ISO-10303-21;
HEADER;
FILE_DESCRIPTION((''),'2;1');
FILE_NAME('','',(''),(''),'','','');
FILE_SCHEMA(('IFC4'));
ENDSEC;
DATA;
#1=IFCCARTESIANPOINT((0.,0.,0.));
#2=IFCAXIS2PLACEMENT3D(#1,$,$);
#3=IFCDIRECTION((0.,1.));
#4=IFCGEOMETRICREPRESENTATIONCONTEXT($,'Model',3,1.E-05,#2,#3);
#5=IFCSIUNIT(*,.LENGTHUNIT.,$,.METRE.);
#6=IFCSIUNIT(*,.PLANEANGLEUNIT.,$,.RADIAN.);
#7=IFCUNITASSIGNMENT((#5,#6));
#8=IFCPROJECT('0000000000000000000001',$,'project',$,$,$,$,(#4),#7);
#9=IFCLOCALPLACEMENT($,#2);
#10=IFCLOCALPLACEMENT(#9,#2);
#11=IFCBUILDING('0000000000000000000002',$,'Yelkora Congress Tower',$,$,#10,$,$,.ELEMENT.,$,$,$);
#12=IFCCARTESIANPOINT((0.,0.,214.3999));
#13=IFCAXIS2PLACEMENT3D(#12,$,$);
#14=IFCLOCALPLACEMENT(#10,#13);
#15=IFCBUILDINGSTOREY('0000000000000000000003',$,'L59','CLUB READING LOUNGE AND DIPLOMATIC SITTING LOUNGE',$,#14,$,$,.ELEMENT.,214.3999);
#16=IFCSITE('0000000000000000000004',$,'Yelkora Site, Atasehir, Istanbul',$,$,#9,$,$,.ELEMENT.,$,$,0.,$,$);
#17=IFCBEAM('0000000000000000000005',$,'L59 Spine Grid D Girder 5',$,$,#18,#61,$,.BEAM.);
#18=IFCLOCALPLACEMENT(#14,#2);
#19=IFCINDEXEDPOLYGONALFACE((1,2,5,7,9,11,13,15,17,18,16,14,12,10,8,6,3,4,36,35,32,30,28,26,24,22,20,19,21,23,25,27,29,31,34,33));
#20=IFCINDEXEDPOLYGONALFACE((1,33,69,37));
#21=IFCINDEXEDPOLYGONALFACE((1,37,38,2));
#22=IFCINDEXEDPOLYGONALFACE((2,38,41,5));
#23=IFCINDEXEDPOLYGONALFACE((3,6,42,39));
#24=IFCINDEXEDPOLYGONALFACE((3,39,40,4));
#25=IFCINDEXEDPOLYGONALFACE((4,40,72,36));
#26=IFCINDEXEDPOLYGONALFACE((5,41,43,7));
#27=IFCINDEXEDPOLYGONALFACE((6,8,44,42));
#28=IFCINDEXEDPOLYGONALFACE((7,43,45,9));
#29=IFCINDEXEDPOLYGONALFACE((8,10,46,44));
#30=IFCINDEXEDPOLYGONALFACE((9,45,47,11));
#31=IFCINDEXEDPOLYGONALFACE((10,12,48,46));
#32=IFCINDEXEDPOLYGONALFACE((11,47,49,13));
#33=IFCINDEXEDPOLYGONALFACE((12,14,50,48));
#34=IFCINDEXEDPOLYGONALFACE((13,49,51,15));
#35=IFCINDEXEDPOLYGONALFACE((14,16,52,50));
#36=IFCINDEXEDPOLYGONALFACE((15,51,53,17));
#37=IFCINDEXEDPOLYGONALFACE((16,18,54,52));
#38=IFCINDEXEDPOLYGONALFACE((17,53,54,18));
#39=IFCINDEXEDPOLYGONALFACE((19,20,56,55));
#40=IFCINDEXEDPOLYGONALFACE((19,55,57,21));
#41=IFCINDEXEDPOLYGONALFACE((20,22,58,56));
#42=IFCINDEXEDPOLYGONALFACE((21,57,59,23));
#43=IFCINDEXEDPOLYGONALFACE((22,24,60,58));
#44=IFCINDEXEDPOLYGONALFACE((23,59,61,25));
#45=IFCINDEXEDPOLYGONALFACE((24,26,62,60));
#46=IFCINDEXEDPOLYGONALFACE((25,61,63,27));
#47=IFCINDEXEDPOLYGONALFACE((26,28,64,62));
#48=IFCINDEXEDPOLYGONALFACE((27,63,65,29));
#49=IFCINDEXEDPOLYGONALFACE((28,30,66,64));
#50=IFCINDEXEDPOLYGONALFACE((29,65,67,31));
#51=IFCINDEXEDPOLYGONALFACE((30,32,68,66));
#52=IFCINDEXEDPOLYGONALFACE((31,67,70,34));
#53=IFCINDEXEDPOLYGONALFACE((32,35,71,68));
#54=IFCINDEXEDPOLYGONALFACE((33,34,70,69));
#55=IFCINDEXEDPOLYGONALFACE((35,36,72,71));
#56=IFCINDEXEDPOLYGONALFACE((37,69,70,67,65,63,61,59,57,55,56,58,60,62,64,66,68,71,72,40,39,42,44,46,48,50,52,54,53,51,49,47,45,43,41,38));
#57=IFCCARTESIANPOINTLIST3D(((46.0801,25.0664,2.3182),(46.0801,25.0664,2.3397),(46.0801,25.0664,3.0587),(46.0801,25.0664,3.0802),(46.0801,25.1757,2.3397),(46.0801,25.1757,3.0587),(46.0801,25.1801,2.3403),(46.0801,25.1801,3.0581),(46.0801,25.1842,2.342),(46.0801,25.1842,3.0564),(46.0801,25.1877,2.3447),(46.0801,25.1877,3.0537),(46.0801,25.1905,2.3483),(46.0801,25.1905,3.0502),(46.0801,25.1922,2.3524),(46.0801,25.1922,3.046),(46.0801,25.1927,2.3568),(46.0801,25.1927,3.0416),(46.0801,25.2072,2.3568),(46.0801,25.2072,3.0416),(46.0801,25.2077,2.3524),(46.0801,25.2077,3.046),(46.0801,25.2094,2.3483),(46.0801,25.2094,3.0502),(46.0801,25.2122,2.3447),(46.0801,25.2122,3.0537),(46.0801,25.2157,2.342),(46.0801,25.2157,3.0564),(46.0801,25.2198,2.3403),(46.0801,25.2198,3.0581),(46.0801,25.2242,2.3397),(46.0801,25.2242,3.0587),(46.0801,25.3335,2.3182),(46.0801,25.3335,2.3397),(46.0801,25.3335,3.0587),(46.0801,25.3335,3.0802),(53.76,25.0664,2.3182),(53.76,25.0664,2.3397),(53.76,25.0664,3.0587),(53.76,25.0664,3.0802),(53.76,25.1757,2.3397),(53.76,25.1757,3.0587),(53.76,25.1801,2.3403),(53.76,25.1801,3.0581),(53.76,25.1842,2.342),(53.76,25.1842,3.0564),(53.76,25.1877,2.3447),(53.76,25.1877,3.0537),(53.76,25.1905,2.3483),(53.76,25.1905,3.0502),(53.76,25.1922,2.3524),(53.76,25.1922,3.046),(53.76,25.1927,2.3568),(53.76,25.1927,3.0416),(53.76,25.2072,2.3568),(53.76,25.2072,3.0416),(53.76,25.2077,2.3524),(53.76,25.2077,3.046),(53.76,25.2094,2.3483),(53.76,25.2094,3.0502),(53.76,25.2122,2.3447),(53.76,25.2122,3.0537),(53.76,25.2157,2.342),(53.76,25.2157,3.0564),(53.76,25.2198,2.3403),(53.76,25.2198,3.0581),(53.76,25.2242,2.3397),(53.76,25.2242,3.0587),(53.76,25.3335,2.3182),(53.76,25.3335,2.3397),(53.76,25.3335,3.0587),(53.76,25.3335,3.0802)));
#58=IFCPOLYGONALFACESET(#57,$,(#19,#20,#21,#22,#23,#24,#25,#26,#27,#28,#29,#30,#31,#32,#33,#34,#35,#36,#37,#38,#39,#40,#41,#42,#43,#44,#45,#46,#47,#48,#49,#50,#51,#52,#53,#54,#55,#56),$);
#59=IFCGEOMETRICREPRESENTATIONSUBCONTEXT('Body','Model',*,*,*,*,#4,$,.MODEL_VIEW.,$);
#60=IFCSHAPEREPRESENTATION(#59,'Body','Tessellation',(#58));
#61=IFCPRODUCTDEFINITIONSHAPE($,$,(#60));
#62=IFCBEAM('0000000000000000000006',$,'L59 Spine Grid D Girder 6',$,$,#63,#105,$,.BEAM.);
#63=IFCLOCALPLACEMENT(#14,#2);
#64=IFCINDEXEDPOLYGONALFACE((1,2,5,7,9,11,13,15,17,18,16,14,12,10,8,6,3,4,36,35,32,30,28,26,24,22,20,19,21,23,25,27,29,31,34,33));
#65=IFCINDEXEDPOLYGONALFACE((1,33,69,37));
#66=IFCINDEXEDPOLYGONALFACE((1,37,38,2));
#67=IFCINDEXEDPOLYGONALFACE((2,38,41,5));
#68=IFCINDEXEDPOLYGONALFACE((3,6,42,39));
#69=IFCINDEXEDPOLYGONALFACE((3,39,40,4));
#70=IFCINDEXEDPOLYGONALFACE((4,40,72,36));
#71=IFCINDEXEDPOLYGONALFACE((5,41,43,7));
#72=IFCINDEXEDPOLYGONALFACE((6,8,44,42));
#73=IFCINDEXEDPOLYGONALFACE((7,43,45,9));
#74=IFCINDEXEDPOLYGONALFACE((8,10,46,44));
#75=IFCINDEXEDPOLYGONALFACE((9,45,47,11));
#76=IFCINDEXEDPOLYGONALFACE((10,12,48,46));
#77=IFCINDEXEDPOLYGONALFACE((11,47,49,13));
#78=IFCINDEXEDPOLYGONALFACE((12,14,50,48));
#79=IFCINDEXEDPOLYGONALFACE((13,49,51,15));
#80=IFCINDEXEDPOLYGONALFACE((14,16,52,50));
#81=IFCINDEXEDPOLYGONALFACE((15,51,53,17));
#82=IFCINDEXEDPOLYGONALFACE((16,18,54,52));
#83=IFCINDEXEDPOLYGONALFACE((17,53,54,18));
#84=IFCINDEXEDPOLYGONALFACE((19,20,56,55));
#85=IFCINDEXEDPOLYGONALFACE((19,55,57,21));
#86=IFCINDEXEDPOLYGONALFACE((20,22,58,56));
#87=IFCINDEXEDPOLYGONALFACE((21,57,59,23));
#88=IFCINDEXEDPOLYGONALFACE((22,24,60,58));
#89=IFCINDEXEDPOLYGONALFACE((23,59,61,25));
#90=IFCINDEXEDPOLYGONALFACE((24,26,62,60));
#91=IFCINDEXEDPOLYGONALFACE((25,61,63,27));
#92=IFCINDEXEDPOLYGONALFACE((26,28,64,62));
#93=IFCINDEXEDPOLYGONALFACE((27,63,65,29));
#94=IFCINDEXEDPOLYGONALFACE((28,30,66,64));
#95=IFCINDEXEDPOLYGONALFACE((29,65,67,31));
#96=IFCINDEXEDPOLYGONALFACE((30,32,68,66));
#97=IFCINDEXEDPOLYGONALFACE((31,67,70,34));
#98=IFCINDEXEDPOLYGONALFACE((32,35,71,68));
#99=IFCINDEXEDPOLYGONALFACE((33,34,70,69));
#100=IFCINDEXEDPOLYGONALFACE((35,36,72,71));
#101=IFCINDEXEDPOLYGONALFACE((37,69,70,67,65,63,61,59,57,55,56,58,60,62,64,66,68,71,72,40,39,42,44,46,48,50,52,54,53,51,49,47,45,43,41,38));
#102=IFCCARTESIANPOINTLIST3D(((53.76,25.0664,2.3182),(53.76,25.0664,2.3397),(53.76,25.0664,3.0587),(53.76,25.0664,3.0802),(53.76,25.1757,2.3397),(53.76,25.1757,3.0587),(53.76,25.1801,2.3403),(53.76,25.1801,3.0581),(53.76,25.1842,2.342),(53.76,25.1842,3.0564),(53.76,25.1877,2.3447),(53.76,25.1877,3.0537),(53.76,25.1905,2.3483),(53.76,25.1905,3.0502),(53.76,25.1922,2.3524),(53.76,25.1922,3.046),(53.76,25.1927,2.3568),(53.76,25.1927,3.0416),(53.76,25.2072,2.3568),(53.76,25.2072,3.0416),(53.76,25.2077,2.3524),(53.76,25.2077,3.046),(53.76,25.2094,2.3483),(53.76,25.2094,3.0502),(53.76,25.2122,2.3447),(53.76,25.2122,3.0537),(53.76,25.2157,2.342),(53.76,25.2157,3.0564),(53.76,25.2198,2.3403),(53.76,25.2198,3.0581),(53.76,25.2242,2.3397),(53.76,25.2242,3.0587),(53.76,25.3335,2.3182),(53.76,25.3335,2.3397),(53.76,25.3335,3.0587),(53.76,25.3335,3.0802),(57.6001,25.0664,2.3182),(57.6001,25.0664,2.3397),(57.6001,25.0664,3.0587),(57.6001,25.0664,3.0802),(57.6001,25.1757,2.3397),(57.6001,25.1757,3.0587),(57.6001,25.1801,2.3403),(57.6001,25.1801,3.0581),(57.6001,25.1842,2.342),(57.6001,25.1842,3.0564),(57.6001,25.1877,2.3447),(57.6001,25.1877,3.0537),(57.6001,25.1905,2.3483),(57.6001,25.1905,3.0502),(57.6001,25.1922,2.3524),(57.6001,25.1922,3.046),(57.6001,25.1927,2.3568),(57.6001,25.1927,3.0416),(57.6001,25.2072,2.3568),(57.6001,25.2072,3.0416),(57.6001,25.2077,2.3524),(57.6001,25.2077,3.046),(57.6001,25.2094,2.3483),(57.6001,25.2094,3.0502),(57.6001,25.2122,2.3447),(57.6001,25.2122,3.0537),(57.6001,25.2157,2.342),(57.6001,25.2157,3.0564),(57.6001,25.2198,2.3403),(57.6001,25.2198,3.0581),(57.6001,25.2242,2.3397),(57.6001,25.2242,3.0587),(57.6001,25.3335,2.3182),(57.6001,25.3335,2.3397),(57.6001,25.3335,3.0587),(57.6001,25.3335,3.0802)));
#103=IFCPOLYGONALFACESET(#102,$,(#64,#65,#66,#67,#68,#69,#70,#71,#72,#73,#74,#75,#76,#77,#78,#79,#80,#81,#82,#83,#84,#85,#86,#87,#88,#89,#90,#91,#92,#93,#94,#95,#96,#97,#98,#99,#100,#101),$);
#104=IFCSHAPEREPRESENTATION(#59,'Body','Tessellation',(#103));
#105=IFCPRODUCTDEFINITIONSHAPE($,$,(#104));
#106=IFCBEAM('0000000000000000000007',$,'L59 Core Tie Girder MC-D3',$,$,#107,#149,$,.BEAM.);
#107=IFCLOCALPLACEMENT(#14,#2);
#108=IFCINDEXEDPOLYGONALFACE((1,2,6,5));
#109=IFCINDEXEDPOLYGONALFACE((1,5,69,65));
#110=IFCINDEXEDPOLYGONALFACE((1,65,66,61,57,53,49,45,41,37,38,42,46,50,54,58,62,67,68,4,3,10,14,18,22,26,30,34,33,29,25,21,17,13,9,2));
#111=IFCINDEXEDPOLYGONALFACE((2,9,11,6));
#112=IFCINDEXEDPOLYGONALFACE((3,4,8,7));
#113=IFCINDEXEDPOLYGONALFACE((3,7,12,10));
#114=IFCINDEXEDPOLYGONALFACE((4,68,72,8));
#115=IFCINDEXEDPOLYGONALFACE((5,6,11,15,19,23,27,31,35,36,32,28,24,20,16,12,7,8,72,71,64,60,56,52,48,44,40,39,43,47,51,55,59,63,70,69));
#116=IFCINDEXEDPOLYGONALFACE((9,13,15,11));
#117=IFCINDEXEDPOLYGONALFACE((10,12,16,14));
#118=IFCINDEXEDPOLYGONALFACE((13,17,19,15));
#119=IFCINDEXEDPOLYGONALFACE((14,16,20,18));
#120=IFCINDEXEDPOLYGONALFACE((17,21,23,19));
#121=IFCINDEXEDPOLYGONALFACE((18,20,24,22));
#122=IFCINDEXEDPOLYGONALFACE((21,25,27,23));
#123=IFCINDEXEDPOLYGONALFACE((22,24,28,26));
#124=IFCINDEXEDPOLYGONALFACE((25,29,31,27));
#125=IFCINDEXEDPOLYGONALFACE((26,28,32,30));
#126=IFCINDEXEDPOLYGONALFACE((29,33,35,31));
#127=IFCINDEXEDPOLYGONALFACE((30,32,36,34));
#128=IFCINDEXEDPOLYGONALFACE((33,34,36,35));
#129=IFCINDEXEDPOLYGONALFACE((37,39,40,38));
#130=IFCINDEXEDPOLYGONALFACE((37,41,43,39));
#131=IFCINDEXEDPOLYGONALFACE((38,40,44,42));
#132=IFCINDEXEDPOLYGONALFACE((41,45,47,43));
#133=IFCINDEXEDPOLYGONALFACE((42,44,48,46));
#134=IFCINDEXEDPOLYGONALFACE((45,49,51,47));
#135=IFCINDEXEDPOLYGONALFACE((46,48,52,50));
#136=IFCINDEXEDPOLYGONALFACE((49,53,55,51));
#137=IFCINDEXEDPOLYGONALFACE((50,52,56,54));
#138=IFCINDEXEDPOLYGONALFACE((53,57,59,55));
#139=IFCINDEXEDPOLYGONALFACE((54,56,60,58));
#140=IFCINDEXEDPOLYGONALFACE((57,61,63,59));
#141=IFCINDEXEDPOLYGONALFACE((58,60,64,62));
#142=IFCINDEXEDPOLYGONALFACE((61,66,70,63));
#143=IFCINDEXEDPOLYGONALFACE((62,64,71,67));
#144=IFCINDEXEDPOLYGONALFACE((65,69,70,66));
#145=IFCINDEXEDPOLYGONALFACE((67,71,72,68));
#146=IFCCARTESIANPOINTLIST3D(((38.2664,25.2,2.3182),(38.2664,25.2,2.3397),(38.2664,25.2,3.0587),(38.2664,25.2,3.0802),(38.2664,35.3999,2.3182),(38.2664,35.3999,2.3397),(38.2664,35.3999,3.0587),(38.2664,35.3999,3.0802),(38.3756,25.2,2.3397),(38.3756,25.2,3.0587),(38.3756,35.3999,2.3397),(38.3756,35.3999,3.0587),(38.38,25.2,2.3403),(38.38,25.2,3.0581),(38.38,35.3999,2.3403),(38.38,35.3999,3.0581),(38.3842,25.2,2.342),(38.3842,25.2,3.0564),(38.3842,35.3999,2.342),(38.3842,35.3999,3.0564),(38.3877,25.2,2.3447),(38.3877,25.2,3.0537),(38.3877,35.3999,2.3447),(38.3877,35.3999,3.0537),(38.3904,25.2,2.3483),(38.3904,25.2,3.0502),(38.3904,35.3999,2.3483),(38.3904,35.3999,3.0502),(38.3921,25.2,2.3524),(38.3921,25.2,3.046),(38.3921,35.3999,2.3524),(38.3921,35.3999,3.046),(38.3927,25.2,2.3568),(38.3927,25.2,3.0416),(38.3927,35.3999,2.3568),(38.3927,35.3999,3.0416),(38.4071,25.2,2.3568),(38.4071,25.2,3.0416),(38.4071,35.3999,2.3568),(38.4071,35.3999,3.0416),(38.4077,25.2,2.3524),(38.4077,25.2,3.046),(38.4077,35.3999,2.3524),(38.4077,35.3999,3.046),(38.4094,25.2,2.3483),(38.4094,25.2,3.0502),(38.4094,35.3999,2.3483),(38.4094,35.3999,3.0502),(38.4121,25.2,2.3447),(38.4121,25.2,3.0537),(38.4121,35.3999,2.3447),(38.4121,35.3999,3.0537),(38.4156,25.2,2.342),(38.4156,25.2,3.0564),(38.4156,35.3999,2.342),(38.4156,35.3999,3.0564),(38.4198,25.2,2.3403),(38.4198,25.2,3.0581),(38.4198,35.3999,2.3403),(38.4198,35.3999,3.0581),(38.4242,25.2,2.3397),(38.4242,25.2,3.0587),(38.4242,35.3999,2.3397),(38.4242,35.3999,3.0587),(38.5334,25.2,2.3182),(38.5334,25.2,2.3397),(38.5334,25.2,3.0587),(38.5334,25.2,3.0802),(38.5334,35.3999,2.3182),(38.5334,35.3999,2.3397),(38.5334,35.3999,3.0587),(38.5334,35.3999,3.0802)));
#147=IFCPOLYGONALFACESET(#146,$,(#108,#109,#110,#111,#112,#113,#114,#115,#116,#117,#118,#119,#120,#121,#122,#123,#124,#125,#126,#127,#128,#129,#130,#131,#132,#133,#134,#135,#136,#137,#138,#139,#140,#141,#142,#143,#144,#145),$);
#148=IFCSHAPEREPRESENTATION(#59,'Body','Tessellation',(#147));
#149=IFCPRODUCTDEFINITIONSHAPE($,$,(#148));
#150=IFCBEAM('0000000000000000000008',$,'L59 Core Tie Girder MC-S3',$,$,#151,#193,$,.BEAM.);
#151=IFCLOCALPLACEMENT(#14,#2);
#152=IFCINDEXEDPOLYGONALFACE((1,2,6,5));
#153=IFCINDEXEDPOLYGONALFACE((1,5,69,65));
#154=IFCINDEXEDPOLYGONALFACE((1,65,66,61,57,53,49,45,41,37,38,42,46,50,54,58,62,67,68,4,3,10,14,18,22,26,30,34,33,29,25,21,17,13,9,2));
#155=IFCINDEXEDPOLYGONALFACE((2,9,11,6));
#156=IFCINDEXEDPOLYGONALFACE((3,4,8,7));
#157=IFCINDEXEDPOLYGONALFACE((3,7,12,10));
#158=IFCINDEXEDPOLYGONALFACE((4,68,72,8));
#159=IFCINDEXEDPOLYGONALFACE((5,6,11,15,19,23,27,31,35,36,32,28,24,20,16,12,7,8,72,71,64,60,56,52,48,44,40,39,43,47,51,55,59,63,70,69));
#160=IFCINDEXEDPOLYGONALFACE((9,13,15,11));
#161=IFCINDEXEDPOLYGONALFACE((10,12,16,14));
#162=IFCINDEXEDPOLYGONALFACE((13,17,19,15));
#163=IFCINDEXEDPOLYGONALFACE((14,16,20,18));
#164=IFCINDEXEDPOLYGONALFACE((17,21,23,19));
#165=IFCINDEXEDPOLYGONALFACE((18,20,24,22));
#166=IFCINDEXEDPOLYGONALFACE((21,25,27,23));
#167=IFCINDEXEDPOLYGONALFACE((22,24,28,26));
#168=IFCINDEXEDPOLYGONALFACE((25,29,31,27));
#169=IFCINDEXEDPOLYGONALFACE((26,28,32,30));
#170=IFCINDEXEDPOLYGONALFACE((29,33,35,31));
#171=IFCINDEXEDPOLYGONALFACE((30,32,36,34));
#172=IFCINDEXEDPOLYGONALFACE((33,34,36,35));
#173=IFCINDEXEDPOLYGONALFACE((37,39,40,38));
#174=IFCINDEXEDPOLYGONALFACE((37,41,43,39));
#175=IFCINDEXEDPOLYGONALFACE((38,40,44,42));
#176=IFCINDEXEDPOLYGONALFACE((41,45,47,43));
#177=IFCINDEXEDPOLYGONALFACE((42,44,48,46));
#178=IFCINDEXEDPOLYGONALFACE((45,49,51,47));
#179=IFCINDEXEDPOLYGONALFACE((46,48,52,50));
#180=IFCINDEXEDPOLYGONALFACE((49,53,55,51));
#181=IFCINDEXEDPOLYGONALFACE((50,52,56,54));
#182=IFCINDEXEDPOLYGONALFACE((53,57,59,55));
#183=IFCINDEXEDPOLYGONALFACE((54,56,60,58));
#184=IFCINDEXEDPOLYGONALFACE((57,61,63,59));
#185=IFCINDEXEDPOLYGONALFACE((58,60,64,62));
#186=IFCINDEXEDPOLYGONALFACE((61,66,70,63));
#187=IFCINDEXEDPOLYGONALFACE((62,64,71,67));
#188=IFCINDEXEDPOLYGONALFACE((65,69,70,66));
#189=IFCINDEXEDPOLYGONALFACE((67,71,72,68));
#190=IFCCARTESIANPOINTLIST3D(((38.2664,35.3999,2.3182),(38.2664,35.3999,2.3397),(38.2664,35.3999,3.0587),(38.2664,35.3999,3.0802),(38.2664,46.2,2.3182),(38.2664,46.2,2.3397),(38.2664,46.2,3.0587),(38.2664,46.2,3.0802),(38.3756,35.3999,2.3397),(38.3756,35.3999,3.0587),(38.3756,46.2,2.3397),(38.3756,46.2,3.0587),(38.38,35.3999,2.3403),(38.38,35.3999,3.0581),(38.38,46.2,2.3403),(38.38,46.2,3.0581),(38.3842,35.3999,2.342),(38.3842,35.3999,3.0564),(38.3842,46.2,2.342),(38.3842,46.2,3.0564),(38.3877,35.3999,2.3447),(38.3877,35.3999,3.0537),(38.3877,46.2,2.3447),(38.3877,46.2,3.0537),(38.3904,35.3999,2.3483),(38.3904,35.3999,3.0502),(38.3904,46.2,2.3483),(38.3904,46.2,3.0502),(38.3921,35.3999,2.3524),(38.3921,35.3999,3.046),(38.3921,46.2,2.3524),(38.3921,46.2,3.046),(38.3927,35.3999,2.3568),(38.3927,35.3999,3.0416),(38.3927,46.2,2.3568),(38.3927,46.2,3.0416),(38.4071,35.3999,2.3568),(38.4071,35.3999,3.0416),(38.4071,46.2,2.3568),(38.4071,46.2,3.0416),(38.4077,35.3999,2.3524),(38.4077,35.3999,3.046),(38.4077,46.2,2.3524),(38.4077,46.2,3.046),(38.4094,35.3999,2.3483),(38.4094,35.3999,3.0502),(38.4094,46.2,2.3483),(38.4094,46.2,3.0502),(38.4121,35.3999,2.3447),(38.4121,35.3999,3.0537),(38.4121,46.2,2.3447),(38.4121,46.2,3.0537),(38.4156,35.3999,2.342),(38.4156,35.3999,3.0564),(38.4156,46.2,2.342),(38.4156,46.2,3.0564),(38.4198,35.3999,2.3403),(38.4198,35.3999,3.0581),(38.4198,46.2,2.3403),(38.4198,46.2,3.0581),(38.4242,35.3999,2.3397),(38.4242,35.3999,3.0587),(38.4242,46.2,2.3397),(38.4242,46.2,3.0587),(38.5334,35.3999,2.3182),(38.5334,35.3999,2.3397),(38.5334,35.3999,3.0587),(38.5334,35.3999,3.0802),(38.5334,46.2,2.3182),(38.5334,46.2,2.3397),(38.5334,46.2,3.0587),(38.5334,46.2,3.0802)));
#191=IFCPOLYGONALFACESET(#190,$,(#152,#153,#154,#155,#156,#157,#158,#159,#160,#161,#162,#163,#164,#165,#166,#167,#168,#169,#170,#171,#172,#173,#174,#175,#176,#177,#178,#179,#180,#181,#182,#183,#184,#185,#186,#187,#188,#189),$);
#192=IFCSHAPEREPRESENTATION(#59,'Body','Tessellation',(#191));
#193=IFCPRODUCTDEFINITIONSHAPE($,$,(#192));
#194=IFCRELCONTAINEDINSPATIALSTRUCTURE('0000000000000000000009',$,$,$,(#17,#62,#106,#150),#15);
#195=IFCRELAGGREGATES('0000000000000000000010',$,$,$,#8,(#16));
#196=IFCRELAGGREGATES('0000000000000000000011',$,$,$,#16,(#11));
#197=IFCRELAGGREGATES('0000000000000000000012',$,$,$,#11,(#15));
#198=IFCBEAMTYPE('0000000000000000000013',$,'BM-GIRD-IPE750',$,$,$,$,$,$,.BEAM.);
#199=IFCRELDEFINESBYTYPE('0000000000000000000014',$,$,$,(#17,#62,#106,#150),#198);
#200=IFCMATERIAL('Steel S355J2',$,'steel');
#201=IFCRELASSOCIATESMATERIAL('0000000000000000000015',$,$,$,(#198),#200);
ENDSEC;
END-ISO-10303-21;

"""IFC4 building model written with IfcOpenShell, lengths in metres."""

from ifc_helpers import new_model, si_unit, direction, frame, origin, origin_2d, place, context, subcontext, project, spatial, i_section, extrude, material, material_profile, profile_set, type_object, element, save


model = new_model("IFC4")

# Units and contexts
model_context = context("Model", 3, precision=1e-05, world=origin(), true_north=direction((0.0, 1.0)))
body_context = subcontext(model_context, "Body", "Model", "MODEL_VIEW")
ifc_project = project(units=[si_unit("LENGTHUNIT", "METRE"), si_unit("PLANEANGLEUNIT", "RADIAN")], contexts=[model_context])

# Site, building, storey
site_placement = place(None, origin())
site = spatial("IfcSite", under=ifc_project, at=site_placement, Name="Yelkora Site, Atasehir, Istanbul", CompositionType="ELEMENT", RefElevation=0.0)
building_placement = place(site_placement, origin())
building = spatial("IfcBuilding", under=site, at=building_placement, Name="Yelkora Congress Tower", CompositionType="ELEMENT")
storey_placement = place(building_placement, frame((0.0, 0.0, 214.3999)))
storey = spatial("IfcBuildingStorey", under=building, at=storey_placement, Name="L59", Description="CLUB READING LOUNGE AND DIPLOMATIC SITTING LOUNGE", CompositionType="ELEMENT", Elevation=214.3999)

# Shared definitions
ifc_material_1 = material(Name="Steel S355J2", Category="steel")

# Beams
ifc_material_profile_1 = material_profile(ifc_material_1, i_section(OverallWidth=0.2671, OverallDepth=0.762, WebThickness=0.0144, FlangeThickness=0.0215, FilletRadius=0.0171, at=origin_2d()), Name="IPE 750x173")
ifc_profile_set_1 = profile_set([ifc_material_profile_1], Name="Steel S355J2")
beam_type_1 = type_object("IfcBeamType", Name="BM-GIRD-IPE750", PredefinedType="BEAM", material=ifc_profile_set_1)
beam_1_placement = place(storey_placement, frame((46.0801, 25.2, 2.6992), z_axis=(1.0, 0.0, 0.0), x_axis=(0.0, 1.0, 0.0)))
element("IfcBeam", 1, at=beam_1_placement, inside=storey, type_object=beam_type_1, Name="L59 Spine Grid D Girder 5", PredefinedType="BEAM", context=body_context, shape_type="SweptSolid", body=[
    extrude(i_section(OverallWidth=0.2671, OverallDepth=0.762, WebThickness=0.0144, FlangeThickness=0.0215, FilletRadius=0.0171, at=origin_2d()), origin(), (0.0, 0.0, 1.0), 7.6799),
])
beam_2_placement = place(storey_placement, frame((53.76, 25.2, 2.6992), z_axis=(1.0, 0.0, 0.0), x_axis=(0.0, 1.0, 0.0)))
element("IfcBeam", 2, at=beam_2_placement, inside=storey, type_object=beam_type_1, Name="L59 Spine Grid D Girder 6", PredefinedType="BEAM", context=body_context, shape_type="SweptSolid", body=[
    extrude(i_section(OverallWidth=0.2671, OverallDepth=0.762, WebThickness=0.0144, FlangeThickness=0.0215, FilletRadius=0.0171, at=origin_2d()), origin(), (0.0, 0.0, 1.0), 3.8401),
])
beam_3_placement = place(storey_placement, frame((38.3999, 25.2, 2.6992), z_axis=(0.0, 1.0, 0.0), x_axis=(-1.0, 0.0, 0.0)))
element("IfcBeam", 3, at=beam_3_placement, inside=storey, type_object=beam_type_1, Name="L59 Core Tie Girder MC-D3", PredefinedType="BEAM", context=body_context, shape_type="SweptSolid", body=[
    extrude(i_section(OverallWidth=0.2671, OverallDepth=0.762, WebThickness=0.0144, FlangeThickness=0.0215, FilletRadius=0.0171, at=origin_2d()), origin(), (0.0, 0.0, 1.0), 10.2),
])
beam_4_placement = place(storey_placement, frame((38.3999, 35.3999, 2.6992), z_axis=(0.0, 1.0, 0.0), x_axis=(-1.0, 0.0, 0.0)))
element("IfcBeam", 4, at=beam_4_placement, inside=storey, type_object=beam_type_1, Name="L59 Core Tie Girder MC-S3", PredefinedType="BEAM", context=body_context, shape_type="SweptSolid", body=[
    extrude(i_section(OverallWidth=0.2671, OverallDepth=0.762, WebThickness=0.0144, FlangeThickness=0.0215, FilletRadius=0.0171, at=origin_2d()), origin(), (0.0, 0.0, 1.0), 10.8),
])

save(model, "model.ifc")
